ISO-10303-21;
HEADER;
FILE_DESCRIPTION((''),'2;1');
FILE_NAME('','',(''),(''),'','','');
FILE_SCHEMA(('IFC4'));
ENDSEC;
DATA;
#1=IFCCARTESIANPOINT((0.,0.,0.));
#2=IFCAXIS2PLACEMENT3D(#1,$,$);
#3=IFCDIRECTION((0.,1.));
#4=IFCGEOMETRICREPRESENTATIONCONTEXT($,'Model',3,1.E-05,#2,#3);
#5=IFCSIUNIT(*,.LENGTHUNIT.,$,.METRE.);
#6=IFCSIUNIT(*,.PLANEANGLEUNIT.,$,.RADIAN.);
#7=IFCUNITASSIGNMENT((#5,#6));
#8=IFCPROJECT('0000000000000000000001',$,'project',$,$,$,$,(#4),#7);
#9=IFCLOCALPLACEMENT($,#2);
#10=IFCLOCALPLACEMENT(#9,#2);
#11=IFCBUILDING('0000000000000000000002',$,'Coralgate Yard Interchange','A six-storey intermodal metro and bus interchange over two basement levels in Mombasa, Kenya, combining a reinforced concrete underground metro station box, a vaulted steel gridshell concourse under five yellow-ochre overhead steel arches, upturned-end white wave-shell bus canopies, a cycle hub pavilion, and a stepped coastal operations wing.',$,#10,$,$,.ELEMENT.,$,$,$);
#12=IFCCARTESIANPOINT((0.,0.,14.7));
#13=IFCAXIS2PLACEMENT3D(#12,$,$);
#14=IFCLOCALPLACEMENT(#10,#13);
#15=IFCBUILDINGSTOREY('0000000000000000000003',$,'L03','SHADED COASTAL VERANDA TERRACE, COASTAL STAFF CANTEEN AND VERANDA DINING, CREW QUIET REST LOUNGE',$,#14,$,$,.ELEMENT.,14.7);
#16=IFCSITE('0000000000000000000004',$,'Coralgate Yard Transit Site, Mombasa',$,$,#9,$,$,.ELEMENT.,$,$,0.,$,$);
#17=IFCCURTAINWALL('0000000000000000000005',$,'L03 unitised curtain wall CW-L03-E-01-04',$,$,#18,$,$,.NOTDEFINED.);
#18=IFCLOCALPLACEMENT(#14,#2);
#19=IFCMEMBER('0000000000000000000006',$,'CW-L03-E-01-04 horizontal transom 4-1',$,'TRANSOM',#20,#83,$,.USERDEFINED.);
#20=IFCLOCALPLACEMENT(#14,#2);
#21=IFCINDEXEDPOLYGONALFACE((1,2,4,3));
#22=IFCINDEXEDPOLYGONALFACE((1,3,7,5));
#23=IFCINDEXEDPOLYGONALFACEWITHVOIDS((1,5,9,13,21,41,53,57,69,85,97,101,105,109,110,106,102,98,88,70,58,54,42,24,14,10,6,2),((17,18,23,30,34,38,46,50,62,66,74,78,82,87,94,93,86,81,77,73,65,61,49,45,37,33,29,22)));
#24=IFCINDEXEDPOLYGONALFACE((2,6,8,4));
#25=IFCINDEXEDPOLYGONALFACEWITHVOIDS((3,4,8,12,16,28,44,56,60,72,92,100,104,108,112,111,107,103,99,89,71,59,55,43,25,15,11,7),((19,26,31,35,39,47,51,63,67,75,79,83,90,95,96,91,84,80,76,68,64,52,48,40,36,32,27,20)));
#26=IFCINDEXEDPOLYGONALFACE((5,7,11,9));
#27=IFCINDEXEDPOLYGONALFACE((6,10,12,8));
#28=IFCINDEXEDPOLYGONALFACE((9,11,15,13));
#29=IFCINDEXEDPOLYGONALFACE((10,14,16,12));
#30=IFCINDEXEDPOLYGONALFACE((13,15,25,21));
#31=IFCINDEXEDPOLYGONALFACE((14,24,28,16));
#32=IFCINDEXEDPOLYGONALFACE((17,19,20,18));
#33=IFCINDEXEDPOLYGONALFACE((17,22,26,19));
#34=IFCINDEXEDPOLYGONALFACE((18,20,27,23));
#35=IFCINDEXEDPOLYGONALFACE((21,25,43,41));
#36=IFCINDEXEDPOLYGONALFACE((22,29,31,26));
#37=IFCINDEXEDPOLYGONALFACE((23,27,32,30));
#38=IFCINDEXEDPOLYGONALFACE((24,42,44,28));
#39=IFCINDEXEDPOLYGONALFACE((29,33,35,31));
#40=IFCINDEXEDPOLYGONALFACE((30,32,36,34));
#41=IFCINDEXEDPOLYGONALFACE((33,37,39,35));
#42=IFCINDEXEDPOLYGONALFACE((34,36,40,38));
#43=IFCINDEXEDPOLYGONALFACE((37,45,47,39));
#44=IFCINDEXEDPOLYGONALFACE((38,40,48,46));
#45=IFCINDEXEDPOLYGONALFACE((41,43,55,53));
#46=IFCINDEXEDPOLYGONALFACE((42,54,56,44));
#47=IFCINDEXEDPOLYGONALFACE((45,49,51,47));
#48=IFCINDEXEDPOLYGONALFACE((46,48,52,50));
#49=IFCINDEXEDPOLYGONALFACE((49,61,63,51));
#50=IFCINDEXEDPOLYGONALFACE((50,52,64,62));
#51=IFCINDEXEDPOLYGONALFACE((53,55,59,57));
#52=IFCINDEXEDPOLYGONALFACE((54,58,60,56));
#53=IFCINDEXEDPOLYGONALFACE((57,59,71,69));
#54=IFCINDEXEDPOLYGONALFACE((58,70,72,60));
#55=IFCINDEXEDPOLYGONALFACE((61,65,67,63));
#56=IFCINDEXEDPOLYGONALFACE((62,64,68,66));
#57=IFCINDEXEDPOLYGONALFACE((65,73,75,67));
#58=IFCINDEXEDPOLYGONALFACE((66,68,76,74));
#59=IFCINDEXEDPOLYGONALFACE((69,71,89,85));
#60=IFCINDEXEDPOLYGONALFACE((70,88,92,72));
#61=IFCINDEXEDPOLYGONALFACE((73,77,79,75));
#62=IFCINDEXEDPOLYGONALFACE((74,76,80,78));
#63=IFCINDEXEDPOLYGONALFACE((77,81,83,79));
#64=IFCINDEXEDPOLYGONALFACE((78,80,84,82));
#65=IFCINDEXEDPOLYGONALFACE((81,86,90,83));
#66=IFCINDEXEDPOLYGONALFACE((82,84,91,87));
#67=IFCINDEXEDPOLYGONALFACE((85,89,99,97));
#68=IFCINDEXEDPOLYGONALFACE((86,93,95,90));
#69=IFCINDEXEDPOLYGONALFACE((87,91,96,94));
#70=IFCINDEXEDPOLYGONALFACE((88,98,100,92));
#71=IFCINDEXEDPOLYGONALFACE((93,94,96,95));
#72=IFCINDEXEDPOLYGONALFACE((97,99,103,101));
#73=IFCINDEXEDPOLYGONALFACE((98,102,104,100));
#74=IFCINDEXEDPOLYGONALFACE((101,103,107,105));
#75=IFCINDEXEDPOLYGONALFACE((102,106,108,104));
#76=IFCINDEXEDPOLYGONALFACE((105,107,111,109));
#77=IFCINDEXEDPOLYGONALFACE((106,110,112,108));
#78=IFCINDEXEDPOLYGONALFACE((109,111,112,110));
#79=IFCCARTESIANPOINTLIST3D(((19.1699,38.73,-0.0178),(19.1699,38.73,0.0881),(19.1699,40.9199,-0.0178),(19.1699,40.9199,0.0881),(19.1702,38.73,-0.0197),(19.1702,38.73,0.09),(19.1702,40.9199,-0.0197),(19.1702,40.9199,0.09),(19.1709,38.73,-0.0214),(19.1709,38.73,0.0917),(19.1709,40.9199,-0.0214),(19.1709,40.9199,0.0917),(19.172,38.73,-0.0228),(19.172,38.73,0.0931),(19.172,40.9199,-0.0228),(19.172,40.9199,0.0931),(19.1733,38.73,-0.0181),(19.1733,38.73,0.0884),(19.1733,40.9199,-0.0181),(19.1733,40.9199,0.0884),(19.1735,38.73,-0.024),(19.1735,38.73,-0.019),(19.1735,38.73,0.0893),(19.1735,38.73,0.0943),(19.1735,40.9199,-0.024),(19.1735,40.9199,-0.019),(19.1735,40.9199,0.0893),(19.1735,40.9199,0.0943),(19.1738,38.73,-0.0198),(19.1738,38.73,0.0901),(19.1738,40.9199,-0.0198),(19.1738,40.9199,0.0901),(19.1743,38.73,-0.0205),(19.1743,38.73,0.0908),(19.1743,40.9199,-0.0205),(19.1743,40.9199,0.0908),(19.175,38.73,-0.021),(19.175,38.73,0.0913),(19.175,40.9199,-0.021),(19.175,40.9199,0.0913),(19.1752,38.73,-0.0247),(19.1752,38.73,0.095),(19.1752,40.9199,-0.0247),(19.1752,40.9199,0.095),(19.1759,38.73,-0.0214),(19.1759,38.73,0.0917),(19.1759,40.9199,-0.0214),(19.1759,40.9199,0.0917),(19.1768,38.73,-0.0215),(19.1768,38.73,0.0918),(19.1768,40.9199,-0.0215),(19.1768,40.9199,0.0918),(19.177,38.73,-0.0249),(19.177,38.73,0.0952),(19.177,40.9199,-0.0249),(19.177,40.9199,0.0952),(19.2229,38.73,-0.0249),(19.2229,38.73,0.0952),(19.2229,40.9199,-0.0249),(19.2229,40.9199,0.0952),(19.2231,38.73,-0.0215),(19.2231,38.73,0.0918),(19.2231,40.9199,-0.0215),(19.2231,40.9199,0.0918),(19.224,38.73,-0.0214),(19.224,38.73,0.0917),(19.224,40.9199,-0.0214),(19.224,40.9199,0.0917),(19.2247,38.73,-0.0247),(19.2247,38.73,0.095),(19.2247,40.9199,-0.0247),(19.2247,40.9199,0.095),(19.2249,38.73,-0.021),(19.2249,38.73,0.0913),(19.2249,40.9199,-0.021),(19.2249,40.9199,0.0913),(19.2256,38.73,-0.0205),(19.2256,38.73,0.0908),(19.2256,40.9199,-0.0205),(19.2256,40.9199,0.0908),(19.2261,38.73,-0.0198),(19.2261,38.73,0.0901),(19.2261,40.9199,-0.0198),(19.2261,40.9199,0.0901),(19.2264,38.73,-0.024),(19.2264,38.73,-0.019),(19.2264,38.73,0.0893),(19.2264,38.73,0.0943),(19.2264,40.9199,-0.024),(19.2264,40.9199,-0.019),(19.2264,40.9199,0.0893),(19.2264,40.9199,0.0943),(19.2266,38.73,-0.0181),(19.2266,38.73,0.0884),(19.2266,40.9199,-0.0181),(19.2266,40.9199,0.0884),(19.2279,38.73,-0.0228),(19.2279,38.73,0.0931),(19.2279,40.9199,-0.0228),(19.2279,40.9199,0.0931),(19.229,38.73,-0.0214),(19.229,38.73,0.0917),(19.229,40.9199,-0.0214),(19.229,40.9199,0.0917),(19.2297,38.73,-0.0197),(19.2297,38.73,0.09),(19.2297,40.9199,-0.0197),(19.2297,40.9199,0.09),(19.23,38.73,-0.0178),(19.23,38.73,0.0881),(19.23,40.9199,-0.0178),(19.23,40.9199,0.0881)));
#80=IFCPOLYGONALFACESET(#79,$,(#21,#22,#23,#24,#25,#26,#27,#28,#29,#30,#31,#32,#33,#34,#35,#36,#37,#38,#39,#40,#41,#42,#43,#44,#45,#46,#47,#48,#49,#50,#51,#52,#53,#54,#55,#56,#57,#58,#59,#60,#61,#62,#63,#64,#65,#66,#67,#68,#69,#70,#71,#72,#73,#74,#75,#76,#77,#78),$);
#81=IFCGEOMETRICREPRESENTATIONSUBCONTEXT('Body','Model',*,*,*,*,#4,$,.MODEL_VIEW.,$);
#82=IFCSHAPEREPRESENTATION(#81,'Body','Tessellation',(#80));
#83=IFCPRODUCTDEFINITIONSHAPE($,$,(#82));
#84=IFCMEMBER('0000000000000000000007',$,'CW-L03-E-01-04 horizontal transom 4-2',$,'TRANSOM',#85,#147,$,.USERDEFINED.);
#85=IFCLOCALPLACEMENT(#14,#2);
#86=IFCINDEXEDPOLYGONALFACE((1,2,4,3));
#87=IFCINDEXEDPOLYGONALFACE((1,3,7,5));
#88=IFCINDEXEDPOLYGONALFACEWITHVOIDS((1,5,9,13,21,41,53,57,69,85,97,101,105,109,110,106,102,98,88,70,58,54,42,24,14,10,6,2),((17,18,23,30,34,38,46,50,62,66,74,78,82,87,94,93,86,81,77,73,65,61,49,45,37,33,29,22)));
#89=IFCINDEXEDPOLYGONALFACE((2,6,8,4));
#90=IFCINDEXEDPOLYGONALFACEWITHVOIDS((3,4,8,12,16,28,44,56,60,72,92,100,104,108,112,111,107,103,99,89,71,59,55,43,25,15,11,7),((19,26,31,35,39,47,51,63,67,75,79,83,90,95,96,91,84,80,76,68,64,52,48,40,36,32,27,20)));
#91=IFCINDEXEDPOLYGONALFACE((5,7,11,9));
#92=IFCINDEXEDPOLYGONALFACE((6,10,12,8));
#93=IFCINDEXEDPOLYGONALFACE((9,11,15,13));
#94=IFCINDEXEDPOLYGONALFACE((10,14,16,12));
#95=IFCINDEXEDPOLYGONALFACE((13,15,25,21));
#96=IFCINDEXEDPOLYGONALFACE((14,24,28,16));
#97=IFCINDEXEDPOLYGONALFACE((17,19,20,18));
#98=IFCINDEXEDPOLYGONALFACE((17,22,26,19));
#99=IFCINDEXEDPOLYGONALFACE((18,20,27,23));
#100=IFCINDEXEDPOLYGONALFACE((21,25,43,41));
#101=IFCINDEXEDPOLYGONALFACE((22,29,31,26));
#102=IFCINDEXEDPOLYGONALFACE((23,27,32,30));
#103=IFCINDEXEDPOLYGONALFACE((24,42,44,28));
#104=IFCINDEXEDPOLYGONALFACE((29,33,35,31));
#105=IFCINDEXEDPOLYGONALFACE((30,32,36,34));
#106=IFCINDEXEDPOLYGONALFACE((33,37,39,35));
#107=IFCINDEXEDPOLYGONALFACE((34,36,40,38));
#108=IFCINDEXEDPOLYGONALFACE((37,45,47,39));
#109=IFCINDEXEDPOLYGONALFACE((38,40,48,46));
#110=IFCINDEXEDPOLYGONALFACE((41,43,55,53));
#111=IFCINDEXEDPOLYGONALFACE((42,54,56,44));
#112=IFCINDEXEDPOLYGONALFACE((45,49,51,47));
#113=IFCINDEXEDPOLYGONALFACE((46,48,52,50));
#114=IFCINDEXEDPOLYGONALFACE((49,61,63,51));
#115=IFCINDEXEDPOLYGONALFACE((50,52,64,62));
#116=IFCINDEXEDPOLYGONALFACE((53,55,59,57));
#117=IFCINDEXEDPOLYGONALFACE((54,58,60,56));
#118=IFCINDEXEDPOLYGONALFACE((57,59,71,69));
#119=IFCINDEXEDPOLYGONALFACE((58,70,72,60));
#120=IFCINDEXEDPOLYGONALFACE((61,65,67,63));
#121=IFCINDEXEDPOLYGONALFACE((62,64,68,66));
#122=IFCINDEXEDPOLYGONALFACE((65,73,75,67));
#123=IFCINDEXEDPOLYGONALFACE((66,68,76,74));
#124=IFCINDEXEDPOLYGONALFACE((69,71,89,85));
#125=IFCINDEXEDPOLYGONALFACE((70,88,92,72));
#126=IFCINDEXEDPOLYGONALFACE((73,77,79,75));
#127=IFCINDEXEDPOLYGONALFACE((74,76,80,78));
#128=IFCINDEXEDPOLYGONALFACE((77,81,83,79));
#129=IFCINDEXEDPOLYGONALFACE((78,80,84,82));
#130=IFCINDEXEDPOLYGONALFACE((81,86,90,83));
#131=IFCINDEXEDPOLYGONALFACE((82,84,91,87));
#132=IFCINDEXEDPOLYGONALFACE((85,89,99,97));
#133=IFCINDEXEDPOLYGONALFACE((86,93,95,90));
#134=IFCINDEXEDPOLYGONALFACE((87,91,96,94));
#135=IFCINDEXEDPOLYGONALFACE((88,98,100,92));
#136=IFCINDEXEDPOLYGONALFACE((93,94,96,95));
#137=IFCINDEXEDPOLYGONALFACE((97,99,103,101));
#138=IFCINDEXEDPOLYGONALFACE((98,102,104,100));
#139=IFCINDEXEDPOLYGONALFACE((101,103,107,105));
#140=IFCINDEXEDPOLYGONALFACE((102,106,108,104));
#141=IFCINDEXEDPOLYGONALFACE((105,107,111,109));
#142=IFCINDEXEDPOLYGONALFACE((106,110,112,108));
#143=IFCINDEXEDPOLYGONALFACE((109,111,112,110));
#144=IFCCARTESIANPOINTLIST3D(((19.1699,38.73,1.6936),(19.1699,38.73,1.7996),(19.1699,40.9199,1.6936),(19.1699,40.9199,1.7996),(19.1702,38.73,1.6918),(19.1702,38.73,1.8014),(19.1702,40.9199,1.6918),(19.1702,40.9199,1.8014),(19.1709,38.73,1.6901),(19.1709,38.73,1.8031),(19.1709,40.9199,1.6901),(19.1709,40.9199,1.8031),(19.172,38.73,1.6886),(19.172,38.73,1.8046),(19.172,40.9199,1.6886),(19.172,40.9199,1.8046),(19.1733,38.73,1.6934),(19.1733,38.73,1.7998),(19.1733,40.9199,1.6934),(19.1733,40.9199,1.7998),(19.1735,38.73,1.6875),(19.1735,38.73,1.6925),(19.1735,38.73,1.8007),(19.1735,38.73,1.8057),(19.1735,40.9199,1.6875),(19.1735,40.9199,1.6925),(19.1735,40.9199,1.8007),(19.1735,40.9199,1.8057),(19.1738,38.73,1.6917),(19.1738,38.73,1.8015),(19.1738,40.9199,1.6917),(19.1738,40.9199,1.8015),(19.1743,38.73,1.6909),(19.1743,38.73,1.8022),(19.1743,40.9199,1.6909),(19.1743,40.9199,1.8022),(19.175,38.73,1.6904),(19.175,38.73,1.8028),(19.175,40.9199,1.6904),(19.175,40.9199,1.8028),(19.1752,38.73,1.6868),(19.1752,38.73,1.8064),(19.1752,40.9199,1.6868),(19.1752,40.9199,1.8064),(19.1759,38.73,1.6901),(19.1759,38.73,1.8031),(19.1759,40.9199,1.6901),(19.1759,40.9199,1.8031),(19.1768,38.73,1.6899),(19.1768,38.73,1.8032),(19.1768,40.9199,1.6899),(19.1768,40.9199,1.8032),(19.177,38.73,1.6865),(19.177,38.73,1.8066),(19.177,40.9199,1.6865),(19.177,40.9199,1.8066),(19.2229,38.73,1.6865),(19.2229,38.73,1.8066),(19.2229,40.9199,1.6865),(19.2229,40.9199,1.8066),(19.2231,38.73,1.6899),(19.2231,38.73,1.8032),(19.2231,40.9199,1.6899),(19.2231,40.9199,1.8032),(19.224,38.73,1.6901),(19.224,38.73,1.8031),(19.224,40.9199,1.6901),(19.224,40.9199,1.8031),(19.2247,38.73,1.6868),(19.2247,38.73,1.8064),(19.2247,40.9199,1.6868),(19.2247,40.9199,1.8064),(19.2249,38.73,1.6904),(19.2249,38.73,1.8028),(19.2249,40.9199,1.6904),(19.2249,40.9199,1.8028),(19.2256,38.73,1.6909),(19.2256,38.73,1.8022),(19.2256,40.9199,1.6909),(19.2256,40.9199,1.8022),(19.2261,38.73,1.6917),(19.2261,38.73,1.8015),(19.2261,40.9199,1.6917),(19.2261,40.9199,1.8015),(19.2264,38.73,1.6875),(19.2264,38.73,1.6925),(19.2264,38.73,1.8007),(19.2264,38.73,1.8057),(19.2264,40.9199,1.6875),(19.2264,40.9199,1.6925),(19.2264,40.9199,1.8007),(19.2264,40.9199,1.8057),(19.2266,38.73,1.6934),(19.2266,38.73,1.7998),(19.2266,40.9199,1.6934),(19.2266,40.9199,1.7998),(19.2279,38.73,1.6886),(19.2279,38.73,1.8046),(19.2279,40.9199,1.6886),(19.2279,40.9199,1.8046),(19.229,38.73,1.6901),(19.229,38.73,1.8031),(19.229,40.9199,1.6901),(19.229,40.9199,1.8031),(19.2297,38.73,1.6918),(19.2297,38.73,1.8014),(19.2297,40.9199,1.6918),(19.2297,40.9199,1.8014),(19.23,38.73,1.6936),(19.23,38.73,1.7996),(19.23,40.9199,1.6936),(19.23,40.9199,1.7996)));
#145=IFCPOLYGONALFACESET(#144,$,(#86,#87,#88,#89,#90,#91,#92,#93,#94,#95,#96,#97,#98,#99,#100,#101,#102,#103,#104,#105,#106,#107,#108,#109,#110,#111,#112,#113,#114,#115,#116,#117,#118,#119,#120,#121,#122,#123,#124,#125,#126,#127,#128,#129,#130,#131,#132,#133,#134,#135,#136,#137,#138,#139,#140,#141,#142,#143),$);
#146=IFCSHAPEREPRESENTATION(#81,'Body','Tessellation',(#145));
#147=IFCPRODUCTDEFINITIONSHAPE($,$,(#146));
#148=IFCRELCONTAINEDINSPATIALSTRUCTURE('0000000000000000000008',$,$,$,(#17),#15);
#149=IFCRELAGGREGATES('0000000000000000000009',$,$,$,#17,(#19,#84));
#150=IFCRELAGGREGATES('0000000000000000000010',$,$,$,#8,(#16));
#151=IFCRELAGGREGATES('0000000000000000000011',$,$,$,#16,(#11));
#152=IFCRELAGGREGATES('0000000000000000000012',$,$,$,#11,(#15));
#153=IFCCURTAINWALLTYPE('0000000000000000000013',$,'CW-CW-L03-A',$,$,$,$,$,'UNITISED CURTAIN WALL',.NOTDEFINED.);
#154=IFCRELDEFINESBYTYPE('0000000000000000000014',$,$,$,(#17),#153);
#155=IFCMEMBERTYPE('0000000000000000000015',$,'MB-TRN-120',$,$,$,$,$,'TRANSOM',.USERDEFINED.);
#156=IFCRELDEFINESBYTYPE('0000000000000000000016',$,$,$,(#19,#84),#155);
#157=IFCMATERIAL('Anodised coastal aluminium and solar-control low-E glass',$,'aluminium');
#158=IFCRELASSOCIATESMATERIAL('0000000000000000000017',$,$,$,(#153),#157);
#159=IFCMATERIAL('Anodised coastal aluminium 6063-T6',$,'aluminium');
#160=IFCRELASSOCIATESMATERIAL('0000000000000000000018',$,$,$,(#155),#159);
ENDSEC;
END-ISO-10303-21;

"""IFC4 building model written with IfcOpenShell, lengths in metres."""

from ifc_helpers import new_model, si_unit, direction, frame, origin, origin_2d, place, context, subcontext, project, spatial, hollow_rectangle, extrude, material, material_profile, profile_set, type_object, element, aggregate, save


model = new_model("IFC4")

# Units and contexts
model_context = context("Model", 3, precision=1e-05, world=origin(), true_north=direction((0.0, 1.0)))
body_context = subcontext(model_context, "Body", "Model", "MODEL_VIEW")
ifc_project = project(units=[si_unit("LENGTHUNIT", "METRE"), si_unit("PLANEANGLEUNIT", "RADIAN")], contexts=[model_context])

# Site, building, storey
site_placement = place(None, origin())
site = spatial("IfcSite", under=ifc_project, at=site_placement, Name="Coralgate Yard Transit Site, Mombasa", CompositionType="ELEMENT", RefElevation=0.0)
building_placement = place(site_placement, origin())
building = spatial("IfcBuilding", under=site, at=building_placement, Name="Coralgate Yard Interchange", Description="A six-storey intermodal metro and bus interchange over two basement levels in Mombasa, Kenya, combining a reinforced concrete underground metro station box, a vaulted steel gridshell concourse under five yellow-ochre overhead steel arches, upturned-end white wave-shell bus canopies, a cycle hub pavilion, and a stepped coastal operations wing.", CompositionType="ELEMENT")
storey_placement = place(building_placement, frame((0.0, 0.0, 14.7)))
storey = spatial("IfcBuildingStorey", under=building, at=storey_placement, Name="L03", Description="SHADED COASTAL VERANDA TERRACE, COASTAL STAFF CANTEEN AND VERANDA DINING, CREW QUIET REST LOUNGE", CompositionType="ELEMENT", Elevation=14.7)

# Curtain wall, members
ifc_material_1 = material(Name="Anodised coastal aluminium and solar-control low-E glass", Category="aluminium")
curtain_wall_type = type_object("IfcCurtainWallType", Name="CW-CW-L03-A", ElementType="UNITISED CURTAIN WALL", PredefinedType="NOTDEFINED", material=ifc_material_1)
curtain_wall_placement = place(storey_placement, origin())
curtain_wall = element("IfcCurtainWall", 1, at=curtain_wall_placement, inside=storey, type_object=curtain_wall_type, Name="L03 unitised curtain wall CW-L03-E-01-04", PredefinedType="NOTDEFINED")
ifc_material_2 = material(Name="Anodised coastal aluminium 6063-T6", Category="aluminium")
ifc_material_profile_1 = material_profile(ifc_material_2, hollow_rectangle(XDim=0.0601, YDim=0.1201, WallThickness=0.0034, InnerFilletRadius=0.0034, OuterFilletRadius=0.0071, at=origin_2d()), Name="ALU 60x120x3.5")
ifc_profile_set_1 = profile_set([ifc_material_profile_1], Name="Anodised coastal aluminium 6063-T6")
member_type_1 = type_object("IfcMemberType", Name="MB-TRN-120", ElementType="TRANSOM", PredefinedType="USERDEFINED", material=ifc_profile_set_1)
member_1_placement = place(storey_placement, frame((19.2, 40.9199, 0.0352), z_axis=(0.0, -1.0, 0.0), x_axis=(1.0, 0.0, 0.0)))
member_1 = element("IfcMember", 2, at=member_1_placement, type_object=member_type_1, Name="CW-L03-E-01-04 horizontal transom 4-1", ObjectType="TRANSOM", PredefinedType="USERDEFINED", context=body_context, shape_type="SweptSolid", body=[
    extrude(hollow_rectangle(XDim=0.0601, YDim=0.1201, WallThickness=0.0034, InnerFilletRadius=0.0034, OuterFilletRadius=0.0071, at=origin_2d()), origin(), (0.0, 0.0, 1.0), 2.1899),
])
member_2_placement = place(storey_placement, frame((19.2, 40.9199, 1.7466), z_axis=(0.0, -1.0, 0.0), x_axis=(1.0, 0.0, 0.0)))
member_2 = element("IfcMember", 3, at=member_2_placement, type_object=member_type_1, Name="CW-L03-E-01-04 horizontal transom 4-2", ObjectType="TRANSOM", PredefinedType="USERDEFINED", context=body_context, shape_type="SweptSolid", body=[
    extrude(hollow_rectangle(XDim=0.0601, YDim=0.1201, WallThickness=0.0034, InnerFilletRadius=0.0034, OuterFilletRadius=0.0071, at=origin_2d()), origin(), (0.0, 0.0, 1.0), 2.1899),
])
aggregate(curtain_wall, [member_1, member_2])

save(model, "model.ifc")
